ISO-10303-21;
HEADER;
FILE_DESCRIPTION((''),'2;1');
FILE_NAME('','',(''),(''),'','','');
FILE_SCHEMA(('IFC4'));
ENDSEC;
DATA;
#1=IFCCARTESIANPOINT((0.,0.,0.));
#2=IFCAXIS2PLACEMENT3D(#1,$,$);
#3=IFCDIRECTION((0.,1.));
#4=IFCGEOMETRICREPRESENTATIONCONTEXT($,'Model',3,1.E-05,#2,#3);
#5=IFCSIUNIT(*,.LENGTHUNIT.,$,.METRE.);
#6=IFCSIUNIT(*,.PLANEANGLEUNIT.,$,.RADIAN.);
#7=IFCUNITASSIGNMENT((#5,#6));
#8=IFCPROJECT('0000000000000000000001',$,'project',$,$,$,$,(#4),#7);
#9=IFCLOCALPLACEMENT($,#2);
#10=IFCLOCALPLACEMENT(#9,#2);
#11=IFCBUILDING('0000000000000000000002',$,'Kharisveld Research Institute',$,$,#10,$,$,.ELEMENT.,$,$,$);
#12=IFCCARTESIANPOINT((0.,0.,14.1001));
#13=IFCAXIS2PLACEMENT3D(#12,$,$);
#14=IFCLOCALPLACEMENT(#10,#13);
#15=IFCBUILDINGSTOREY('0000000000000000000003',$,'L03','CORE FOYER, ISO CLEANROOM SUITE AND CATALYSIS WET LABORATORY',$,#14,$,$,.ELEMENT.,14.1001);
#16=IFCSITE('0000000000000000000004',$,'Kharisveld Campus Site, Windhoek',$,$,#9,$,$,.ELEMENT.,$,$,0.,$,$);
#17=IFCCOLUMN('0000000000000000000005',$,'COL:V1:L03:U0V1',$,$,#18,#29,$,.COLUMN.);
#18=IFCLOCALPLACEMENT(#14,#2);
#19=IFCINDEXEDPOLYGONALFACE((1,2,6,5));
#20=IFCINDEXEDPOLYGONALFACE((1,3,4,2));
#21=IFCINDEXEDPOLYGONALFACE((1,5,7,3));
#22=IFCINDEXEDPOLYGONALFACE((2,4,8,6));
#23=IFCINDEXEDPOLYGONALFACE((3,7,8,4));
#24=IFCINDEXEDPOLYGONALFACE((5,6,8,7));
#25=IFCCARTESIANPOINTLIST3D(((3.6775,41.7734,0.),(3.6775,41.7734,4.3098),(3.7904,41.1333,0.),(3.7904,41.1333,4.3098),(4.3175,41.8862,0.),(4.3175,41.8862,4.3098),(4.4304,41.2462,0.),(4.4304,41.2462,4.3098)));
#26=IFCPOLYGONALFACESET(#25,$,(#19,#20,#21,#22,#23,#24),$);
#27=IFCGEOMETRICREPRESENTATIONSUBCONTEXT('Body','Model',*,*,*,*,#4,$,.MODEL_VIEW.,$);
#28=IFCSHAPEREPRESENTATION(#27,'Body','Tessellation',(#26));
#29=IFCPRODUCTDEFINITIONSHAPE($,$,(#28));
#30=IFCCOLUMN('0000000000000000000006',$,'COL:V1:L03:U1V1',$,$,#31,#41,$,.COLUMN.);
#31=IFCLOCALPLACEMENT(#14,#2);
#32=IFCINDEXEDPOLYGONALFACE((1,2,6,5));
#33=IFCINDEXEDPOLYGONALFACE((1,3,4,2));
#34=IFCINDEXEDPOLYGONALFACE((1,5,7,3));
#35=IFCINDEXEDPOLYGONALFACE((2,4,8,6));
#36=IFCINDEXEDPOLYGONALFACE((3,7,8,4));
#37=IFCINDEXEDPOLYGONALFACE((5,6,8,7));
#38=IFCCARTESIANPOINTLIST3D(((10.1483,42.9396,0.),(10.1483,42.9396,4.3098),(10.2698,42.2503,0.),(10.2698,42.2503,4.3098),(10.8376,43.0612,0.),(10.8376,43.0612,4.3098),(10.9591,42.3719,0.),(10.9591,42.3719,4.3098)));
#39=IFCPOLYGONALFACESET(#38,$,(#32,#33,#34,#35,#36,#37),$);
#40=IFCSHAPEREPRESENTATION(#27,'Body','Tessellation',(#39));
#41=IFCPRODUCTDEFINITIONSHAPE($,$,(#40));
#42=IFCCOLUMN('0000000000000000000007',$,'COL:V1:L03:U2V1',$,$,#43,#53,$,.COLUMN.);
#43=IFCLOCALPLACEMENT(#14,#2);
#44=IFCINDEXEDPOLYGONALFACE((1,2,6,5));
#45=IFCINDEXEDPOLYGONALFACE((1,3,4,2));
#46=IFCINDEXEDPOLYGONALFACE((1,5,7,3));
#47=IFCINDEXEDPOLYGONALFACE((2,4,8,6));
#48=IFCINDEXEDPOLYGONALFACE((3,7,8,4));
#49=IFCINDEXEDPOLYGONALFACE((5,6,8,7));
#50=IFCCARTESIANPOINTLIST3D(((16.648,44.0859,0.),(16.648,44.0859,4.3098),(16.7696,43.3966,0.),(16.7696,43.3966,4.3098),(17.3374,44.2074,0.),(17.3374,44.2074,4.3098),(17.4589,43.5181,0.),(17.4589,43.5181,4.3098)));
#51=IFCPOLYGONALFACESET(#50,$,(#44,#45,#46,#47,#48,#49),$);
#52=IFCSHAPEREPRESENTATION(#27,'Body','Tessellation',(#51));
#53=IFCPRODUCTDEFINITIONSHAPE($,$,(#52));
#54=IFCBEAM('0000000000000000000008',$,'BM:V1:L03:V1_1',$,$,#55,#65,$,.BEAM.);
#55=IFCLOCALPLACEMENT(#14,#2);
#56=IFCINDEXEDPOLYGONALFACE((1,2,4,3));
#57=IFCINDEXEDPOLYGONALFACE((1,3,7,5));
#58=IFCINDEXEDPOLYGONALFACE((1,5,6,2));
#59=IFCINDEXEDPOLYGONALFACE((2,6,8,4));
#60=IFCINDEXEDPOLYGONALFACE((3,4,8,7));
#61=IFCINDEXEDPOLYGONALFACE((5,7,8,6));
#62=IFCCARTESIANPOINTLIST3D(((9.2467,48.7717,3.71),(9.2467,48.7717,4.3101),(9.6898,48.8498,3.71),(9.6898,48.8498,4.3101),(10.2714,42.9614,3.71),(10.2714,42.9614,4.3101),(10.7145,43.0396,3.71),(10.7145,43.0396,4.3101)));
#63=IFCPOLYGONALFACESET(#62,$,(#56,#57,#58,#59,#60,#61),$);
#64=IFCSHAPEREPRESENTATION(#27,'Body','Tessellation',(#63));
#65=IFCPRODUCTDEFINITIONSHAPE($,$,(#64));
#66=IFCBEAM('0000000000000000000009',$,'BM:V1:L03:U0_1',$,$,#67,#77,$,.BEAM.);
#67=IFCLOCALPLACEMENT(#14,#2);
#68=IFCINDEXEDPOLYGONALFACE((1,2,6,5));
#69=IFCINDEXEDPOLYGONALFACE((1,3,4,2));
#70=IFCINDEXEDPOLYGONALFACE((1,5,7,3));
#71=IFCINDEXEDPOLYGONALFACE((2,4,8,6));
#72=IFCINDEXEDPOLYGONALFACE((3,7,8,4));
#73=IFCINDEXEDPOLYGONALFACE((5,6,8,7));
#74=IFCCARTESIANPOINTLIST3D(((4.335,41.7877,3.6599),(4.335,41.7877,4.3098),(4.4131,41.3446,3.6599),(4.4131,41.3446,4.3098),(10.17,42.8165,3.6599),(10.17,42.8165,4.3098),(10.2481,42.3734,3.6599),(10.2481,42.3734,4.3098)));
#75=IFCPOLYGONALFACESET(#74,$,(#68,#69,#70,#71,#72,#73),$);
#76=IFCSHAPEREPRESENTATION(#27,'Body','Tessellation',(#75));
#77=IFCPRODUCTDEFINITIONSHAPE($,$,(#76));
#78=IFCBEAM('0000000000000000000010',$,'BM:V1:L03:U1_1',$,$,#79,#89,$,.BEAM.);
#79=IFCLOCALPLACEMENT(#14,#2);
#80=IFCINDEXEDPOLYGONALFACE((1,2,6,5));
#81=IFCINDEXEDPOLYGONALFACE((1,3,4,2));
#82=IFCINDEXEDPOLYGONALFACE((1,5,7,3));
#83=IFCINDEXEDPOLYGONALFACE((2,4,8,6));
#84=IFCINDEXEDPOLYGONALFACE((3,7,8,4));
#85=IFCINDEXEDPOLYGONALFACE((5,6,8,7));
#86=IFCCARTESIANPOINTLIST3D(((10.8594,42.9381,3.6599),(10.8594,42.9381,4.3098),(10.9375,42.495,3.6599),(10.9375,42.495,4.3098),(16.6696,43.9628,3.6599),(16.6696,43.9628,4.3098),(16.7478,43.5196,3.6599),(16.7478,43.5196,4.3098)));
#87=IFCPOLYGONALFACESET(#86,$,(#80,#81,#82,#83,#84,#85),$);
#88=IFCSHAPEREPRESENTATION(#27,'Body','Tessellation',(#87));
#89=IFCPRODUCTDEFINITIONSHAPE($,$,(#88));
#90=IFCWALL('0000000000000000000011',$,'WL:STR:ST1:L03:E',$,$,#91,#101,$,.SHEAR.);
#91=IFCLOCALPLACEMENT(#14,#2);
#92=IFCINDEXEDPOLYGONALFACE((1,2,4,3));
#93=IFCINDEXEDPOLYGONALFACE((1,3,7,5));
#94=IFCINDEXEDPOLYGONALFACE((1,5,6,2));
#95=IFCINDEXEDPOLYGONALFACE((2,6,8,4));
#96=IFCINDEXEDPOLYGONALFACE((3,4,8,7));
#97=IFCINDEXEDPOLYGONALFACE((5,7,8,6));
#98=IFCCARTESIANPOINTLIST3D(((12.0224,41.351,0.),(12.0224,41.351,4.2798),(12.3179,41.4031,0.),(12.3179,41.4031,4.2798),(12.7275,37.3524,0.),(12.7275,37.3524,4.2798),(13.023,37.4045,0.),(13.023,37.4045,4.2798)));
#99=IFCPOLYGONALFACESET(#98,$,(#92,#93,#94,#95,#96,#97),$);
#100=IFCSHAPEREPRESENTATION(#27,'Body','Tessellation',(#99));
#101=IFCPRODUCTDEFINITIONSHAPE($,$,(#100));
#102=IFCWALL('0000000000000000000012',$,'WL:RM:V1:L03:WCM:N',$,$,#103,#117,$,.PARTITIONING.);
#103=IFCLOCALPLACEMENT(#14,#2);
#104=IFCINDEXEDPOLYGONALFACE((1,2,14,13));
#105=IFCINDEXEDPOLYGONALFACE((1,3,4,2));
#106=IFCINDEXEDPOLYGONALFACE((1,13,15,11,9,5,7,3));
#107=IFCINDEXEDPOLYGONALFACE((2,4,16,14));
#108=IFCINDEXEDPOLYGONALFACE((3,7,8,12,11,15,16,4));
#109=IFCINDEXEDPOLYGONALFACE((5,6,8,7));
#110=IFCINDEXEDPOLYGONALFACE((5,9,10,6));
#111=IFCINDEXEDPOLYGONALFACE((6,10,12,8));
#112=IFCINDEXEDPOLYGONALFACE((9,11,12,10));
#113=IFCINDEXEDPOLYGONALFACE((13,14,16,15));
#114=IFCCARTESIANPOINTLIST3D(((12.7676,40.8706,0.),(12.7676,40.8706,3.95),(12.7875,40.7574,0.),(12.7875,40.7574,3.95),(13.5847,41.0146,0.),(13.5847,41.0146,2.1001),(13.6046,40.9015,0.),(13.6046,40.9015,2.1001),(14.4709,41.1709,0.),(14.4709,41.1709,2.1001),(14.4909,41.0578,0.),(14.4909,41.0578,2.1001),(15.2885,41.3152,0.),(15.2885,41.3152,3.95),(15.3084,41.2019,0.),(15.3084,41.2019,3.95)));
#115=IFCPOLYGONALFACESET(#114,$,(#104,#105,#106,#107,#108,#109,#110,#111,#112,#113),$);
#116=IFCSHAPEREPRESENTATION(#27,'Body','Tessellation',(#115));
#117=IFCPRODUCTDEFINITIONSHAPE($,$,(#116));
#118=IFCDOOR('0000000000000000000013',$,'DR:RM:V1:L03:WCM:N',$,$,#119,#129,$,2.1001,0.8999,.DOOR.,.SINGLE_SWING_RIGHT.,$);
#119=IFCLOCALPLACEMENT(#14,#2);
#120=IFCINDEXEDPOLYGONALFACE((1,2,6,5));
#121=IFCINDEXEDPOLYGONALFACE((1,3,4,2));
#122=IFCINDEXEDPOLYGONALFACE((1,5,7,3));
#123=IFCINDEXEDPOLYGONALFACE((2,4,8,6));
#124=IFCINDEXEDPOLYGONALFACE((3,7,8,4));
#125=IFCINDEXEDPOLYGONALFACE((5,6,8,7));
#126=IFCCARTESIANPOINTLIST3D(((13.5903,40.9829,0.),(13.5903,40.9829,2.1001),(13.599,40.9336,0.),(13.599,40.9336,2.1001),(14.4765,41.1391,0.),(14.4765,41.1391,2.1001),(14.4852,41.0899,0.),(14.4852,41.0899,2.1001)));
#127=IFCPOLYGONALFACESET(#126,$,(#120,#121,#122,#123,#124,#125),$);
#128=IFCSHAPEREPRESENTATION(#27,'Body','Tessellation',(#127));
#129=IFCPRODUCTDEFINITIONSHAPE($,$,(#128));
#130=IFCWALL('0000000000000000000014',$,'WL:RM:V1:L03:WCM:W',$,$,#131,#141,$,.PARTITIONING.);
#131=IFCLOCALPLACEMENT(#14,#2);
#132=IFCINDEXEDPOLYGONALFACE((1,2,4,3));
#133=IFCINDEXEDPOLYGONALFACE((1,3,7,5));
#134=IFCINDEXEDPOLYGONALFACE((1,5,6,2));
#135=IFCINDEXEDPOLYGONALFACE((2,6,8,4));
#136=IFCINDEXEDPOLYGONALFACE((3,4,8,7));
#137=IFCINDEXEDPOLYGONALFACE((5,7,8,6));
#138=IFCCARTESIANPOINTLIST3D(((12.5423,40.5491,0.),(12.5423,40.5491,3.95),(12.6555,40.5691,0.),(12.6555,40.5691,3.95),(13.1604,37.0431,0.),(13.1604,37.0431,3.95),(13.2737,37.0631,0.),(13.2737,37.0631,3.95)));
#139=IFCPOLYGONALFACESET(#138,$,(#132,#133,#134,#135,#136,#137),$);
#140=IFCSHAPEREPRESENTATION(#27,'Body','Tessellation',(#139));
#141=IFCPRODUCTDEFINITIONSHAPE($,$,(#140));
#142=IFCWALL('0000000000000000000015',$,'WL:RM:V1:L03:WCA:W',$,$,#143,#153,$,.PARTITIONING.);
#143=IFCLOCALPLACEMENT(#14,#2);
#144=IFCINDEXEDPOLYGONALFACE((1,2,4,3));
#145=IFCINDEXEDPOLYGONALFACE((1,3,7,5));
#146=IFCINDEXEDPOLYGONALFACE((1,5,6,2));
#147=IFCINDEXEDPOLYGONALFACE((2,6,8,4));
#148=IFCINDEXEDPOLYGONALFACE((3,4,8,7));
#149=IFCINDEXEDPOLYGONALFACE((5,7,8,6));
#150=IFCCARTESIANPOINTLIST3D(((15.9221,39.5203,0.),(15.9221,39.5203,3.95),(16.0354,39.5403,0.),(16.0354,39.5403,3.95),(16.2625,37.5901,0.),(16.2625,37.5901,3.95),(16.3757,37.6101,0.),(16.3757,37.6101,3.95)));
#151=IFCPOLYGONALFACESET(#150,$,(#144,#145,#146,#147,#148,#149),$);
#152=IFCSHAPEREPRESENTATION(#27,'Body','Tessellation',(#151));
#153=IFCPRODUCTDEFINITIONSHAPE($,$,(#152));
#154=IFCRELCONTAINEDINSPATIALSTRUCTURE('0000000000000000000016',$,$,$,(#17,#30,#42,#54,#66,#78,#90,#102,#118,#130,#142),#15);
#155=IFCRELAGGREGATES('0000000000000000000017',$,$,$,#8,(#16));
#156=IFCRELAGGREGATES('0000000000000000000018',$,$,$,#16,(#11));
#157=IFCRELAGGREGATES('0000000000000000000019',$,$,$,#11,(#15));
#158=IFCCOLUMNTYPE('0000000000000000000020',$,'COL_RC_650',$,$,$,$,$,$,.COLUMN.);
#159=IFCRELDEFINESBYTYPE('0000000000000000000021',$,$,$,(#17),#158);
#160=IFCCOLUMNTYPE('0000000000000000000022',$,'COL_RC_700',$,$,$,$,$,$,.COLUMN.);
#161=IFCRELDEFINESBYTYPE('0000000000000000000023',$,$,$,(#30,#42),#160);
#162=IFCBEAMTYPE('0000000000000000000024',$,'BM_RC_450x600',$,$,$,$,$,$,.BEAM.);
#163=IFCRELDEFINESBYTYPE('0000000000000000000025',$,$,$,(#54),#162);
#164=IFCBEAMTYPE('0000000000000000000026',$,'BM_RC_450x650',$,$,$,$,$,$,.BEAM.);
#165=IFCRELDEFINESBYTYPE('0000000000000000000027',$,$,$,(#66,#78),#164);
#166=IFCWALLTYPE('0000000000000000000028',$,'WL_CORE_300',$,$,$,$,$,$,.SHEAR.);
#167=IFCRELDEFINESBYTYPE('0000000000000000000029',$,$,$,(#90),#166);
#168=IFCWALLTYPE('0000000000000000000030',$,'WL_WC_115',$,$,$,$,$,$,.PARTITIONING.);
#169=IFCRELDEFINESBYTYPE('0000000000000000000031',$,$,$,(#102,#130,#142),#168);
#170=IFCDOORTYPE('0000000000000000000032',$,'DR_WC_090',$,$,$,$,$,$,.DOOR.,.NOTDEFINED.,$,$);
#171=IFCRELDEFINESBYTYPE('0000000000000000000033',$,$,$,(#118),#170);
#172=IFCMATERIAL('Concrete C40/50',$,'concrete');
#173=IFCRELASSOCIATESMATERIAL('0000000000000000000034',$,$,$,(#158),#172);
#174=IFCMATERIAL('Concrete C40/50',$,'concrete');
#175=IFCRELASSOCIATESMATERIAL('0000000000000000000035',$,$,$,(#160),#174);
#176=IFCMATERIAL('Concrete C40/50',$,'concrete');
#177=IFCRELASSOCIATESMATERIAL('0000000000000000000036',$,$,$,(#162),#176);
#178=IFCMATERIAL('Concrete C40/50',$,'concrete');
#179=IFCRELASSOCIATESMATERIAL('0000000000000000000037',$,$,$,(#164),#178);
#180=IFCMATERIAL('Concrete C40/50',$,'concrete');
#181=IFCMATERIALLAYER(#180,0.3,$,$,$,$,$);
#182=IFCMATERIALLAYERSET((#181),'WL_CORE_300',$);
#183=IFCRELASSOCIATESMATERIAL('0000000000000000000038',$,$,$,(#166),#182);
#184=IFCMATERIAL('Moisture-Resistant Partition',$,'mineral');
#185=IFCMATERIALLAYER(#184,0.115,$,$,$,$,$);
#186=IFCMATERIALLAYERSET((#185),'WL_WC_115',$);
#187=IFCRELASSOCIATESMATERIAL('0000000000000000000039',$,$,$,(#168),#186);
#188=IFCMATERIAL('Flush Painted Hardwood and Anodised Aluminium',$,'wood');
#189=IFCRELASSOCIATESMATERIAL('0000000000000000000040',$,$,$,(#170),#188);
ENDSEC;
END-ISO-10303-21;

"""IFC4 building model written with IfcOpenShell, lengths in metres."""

from ifc_helpers import new_model, si_unit, direction, frame, frame_2d, origin, origin_2d, place, context, subcontext, project, spatial, rectangle, extrude, material, layer, layer_set, material_profile, profile_set, type_object, element, fill, save


model = new_model("IFC4")

# Units and contexts
model_context = context("Model", 3, precision=1e-05, world=origin(), true_north=direction((0.0, 1.0)))
body_context = subcontext(model_context, "Body", "Model", "MODEL_VIEW")
ifc_project = project(units=[si_unit("LENGTHUNIT", "METRE"), si_unit("PLANEANGLEUNIT", "RADIAN")], contexts=[model_context])

# Site, building, storey
site_placement = place(None, origin())
site = spatial("IfcSite", under=ifc_project, at=site_placement, Name="Kharisveld Campus Site, Windhoek", CompositionType="ELEMENT", RefElevation=0.0)
building_placement = place(site_placement, origin())
building = spatial("IfcBuilding", under=site, at=building_placement, Name="Kharisveld Research Institute", CompositionType="ELEMENT")
storey_placement = place(building_placement, frame((0.0, 0.0, 14.1001)))
storey = spatial("IfcBuildingStorey", under=building, at=storey_placement, Name="L03", Description="CORE FOYER, ISO CLEANROOM SUITE AND CATALYSIS WET LABORATORY", CompositionType="ELEMENT", Elevation=14.1001)

# Columns
ifc_material_1 = material(Name="Concrete C40/50", Category="concrete")
ifc_material_profile_1 = material_profile(ifc_material_1, rectangle(XDim=0.6499, YDim=0.6499, at=origin_2d()))
ifc_profile_set_1 = profile_set([ifc_material_profile_1], Name="Concrete C40/50")
column_type_1 = type_object("IfcColumnType", Name="COL_RC_650", PredefinedType="COLUMN", material=ifc_profile_set_1)
column_placement = place(storey_placement, frame((4.054, 41.5098, 0.0), z_axis=(0.0, 0.0, 1.0), x_axis=(0.984808, 0.173648, 0.0)))
element("IfcColumn", 1, at=column_placement, inside=storey, type_object=column_type_1, Name="COL:V1:L03:U0V1", PredefinedType="COLUMN", context=body_context, shape_type="SweptSolid", body=[
    extrude(rectangle(XDim=0.6499, YDim=0.6499, at=origin_2d()), origin(), (0.0, 0.0, 1.0), 4.3098),
])
ifc_material_2 = material(Name="Concrete C40/50", Category="concrete")
ifc_material_profile_2 = material_profile(ifc_material_2, rectangle(XDim=0.7, YDim=0.7, at=origin_2d()))
ifc_profile_set_2 = profile_set([ifc_material_profile_2], Name="Concrete C40/50")
column_type_2 = type_object("IfcColumnType", Name="COL_RC_700", PredefinedType="COLUMN", material=ifc_profile_set_2)
for number, where, z_axis, x_axis, name in (
    (2, (10.5537, 42.6558, 0.0), (0.0, 0.0, 1.0), (0.984808, 0.173648, 0.0), "COL:V1:L03:U1V1"),
    (3, (17.0535, 43.802, 0.0), (0.0, 0.0, 1.0), (0.984808, 0.173648, 0.0), "COL:V1:L03:U2V1"),
):
    element("IfcColumn", number, at=place(storey_placement, frame(where, z_axis=z_axis, x_axis=x_axis)), inside=storey, type_object=column_type_2, Name=name, PredefinedType="COLUMN", context=body_context, shape_type="SweptSolid", body=[
        extrude(rectangle(XDim=0.7, YDim=0.7, at=origin_2d()), origin(), (0.0, 0.0, 1.0), 4.3098),
    ])

# Beams
ifc_material_3 = material(Name="Concrete C40/50", Category="concrete")
ifc_material_profile_3 = material_profile(ifc_material_3, rectangle(XDim=0.45, YDim=0.6001, at=origin_2d()))
ifc_profile_set_3 = profile_set([ifc_material_profile_3], Name="Concrete C40/50")
beam_type_1 = type_object("IfcBeamType", Name="BM_RC_450x600", PredefinedType="BEAM", material=ifc_profile_set_3)
beam_1_placement = place(storey_placement, frame((10.4929, 43.0005, 4.01), z_axis=(-0.173672, 0.984804, 0.0), x_axis=(-0.984804, -0.173672, 0.0)))
element("IfcBeam", 4, at=beam_1_placement, inside=storey, type_object=beam_type_1, Name="BM:V1:L03:V1_1", PredefinedType="BEAM", context=body_context, shape_type="SweptSolid", body=[
    extrude(rectangle(XDim=0.45, YDim=0.6001, at=origin_2d()), origin(), (0.0, 0.0, 1.0), 5.8999),
])
ifc_material_4 = material(Name="Concrete C40/50", Category="concrete")
ifc_material_profile_4 = material_profile(ifc_material_4, rectangle(XDim=0.45, YDim=0.6499, at=origin_2d()))
ifc_profile_set_4 = profile_set([ifc_material_profile_4], Name="Concrete C40/50")
beam_type_2 = type_object("IfcBeamType", Name="BM_RC_450x650", PredefinedType="BEAM", material=ifc_profile_set_4)
beam_2_placement = place(storey_placement, frame((4.374, 41.5662, 3.9849), z_axis=(0.984809, 0.17364, 0.0), x_axis=(-0.17364, 0.984809, 0.0)))
element("IfcBeam", 5, at=beam_2_placement, inside=storey, type_object=beam_type_2, Name="BM:V1:L03:U0_1", PredefinedType="BEAM", context=body_context, shape_type="SweptSolid", body=[
    extrude(rectangle(XDim=0.45, YDim=0.6499, at=origin_2d()), origin(), (0.0, 0.0, 1.0), 5.925),
])
beam_3_placement = place(storey_placement, frame((10.8984, 42.7166, 3.9849), z_axis=(0.984804, 0.173672, 0.0), x_axis=(-0.173672, 0.984804, 0.0)))
element("IfcBeam", 6, at=beam_3_placement, inside=storey, type_object=beam_type_2, Name="BM:V1:L03:U1_1", PredefinedType="BEAM", context=body_context, shape_type="SweptSolid", body=[
    extrude(rectangle(XDim=0.45, YDim=0.6499, at=origin_2d()), origin(), (0.0, 0.0, 1.0), 5.8999),
])

# Shared definitions
ifc_material_5 = material(Name="Concrete C40/50", Category="concrete")
ifc_layer_1 = layer(ifc_material_5, 0.3)
ifc_layer_set_1 = layer_set([ifc_layer_1], Name="WL_CORE_300")
wall_type_1 = type_object("IfcWallType", Name="WL_CORE_300", PredefinedType="SHEAR", material=ifc_layer_set_1)

# Wall
wall_1_placement = place(storey_placement, frame((12.1702, 41.3772, 0.0), z_axis=(0.0, 0.0, 1.0), x_axis=(0.173655, -0.984807, 0.0)))
element("IfcWall", 7, at=wall_1_placement, inside=storey, type_object=wall_type_1, Name="WL:STR:ST1:L03:E", PredefinedType="SHEAR", context=body_context, shape_type="SweptSolid", body=[
    extrude(rectangle(XDim=4.0603, YDim=0.3, at=frame_2d((2.0303, 0.0))), origin(), (0.0, 0.0, 1.0), 4.2798),
])

# Wall, opening, door
ifc_material_6 = material(Name="Moisture-Resistant Partition", Category="mineral")
ifc_layer_2 = layer(ifc_material_6, 0.115)
ifc_layer_set_2 = layer_set([ifc_layer_2], Name="WL_WC_115")
wall_type_2 = type_object("IfcWallType", Name="WL_WC_115", PredefinedType="PARTITIONING", material=ifc_layer_set_2)
wall_2_placement = place(storey_placement, frame((15.2983, 41.2585, 0.0), z_axis=(0.0, 0.0, 1.0), x_axis=(-0.984804, -0.173671, 0.0)))
wall_2 = element("IfcWall", 8, at=wall_2_placement, inside=storey, type_object=wall_type_2, Name="WL:RM:V1:L03:WCM:N", PredefinedType="PARTITIONING", context=body_context, shape_type="SweptSolid", body=[
    extrude(rectangle(XDim=2.5598, YDim=0.115, at=frame_2d((1.2798, 0.0))), origin(), (0.0, 0.0, 1.0), 3.95),
])
opening_1_placement = place(wall_2_placement, frame((0.8301, 0.0, 0.0)))
opening_1 = element("IfcOpeningElement", 9, at=opening_1_placement, cuts=wall_2, PredefinedType="OPENING", context=body_context, shape_type="SweptSolid", body=[
    extrude(rectangle(XDim=0.8999, YDim=2.1001, at=frame_2d((0.45, 1.05))), frame((0.0, 0.0576, 0.0), z_axis=(0.0, -1.0, 0.0), x_axis=(1.0, 0.0, 0.0)), (0.0, 0.0, 1.0), 0.115),
])
ifc_material_7 = material(Name="Flush Painted Hardwood and Anodised Aluminium", Category="wood")
door_type_1 = type_object("IfcDoorType", Name="DR_WC_090", OperationType="NOTDEFINED", PredefinedType="DOOR", material=ifc_material_7)
door_1_placement = place(opening_1_placement, origin())
door_1 = element("IfcDoor", 10, at=door_1_placement, inside=storey, type_object=door_type_1, Name="DR:RM:V1:L03:WCM:N", OperationType="SINGLE_SWING_RIGHT", OverallHeight=2.1001, OverallWidth=0.8999, PredefinedType="DOOR", context=body_context, shape_type="SweptSolid", body=[
    extrude(rectangle(XDim=0.8999, YDim=2.1001, at=frame_2d((0.45, 1.05))), frame((0.0, 0.0249, 0.0), z_axis=(0.0, -1.0, 0.0), x_axis=(1.0, 0.0, 0.0)), (0.0, 0.0, 1.0), 0.05),
])
fill(opening_1, door_1)

# Walls
wall_3_placement = place(storey_placement, frame((12.5989, 40.5591, 0.0), z_axis=(0.0, 0.0, 1.0), x_axis=(0.173644, -0.984808, 0.0)))
element("IfcWall", 11, at=wall_3_placement, inside=storey, type_object=wall_type_2, Name="WL:RM:V1:L03:WCM:W", PredefinedType="PARTITIONING", context=body_context, shape_type="SweptSolid", body=[
    extrude(rectangle(XDim=3.5601, YDim=0.115, at=frame_2d((1.78, 0.0))), origin(), (0.0, 0.0, 1.0), 3.95),
])
wall_4_placement = place(storey_placement, frame((15.9788, 39.5303, 0.0), z_axis=(0.0, 0.0, 1.0), x_axis=(0.173643, -0.984809, 0.0)))
element("IfcWall", 12, at=wall_4_placement, inside=storey, type_object=wall_type_2, Name="WL:RM:V1:L03:WCA:W", PredefinedType="PARTITIONING", context=body_context, shape_type="SweptSolid", body=[
    extrude(rectangle(XDim=1.96, YDim=0.115, at=frame_2d((0.98, 0.0))), origin(), (0.0, 0.0, 1.0), 3.95),
])

save(model, "model.ifc")
